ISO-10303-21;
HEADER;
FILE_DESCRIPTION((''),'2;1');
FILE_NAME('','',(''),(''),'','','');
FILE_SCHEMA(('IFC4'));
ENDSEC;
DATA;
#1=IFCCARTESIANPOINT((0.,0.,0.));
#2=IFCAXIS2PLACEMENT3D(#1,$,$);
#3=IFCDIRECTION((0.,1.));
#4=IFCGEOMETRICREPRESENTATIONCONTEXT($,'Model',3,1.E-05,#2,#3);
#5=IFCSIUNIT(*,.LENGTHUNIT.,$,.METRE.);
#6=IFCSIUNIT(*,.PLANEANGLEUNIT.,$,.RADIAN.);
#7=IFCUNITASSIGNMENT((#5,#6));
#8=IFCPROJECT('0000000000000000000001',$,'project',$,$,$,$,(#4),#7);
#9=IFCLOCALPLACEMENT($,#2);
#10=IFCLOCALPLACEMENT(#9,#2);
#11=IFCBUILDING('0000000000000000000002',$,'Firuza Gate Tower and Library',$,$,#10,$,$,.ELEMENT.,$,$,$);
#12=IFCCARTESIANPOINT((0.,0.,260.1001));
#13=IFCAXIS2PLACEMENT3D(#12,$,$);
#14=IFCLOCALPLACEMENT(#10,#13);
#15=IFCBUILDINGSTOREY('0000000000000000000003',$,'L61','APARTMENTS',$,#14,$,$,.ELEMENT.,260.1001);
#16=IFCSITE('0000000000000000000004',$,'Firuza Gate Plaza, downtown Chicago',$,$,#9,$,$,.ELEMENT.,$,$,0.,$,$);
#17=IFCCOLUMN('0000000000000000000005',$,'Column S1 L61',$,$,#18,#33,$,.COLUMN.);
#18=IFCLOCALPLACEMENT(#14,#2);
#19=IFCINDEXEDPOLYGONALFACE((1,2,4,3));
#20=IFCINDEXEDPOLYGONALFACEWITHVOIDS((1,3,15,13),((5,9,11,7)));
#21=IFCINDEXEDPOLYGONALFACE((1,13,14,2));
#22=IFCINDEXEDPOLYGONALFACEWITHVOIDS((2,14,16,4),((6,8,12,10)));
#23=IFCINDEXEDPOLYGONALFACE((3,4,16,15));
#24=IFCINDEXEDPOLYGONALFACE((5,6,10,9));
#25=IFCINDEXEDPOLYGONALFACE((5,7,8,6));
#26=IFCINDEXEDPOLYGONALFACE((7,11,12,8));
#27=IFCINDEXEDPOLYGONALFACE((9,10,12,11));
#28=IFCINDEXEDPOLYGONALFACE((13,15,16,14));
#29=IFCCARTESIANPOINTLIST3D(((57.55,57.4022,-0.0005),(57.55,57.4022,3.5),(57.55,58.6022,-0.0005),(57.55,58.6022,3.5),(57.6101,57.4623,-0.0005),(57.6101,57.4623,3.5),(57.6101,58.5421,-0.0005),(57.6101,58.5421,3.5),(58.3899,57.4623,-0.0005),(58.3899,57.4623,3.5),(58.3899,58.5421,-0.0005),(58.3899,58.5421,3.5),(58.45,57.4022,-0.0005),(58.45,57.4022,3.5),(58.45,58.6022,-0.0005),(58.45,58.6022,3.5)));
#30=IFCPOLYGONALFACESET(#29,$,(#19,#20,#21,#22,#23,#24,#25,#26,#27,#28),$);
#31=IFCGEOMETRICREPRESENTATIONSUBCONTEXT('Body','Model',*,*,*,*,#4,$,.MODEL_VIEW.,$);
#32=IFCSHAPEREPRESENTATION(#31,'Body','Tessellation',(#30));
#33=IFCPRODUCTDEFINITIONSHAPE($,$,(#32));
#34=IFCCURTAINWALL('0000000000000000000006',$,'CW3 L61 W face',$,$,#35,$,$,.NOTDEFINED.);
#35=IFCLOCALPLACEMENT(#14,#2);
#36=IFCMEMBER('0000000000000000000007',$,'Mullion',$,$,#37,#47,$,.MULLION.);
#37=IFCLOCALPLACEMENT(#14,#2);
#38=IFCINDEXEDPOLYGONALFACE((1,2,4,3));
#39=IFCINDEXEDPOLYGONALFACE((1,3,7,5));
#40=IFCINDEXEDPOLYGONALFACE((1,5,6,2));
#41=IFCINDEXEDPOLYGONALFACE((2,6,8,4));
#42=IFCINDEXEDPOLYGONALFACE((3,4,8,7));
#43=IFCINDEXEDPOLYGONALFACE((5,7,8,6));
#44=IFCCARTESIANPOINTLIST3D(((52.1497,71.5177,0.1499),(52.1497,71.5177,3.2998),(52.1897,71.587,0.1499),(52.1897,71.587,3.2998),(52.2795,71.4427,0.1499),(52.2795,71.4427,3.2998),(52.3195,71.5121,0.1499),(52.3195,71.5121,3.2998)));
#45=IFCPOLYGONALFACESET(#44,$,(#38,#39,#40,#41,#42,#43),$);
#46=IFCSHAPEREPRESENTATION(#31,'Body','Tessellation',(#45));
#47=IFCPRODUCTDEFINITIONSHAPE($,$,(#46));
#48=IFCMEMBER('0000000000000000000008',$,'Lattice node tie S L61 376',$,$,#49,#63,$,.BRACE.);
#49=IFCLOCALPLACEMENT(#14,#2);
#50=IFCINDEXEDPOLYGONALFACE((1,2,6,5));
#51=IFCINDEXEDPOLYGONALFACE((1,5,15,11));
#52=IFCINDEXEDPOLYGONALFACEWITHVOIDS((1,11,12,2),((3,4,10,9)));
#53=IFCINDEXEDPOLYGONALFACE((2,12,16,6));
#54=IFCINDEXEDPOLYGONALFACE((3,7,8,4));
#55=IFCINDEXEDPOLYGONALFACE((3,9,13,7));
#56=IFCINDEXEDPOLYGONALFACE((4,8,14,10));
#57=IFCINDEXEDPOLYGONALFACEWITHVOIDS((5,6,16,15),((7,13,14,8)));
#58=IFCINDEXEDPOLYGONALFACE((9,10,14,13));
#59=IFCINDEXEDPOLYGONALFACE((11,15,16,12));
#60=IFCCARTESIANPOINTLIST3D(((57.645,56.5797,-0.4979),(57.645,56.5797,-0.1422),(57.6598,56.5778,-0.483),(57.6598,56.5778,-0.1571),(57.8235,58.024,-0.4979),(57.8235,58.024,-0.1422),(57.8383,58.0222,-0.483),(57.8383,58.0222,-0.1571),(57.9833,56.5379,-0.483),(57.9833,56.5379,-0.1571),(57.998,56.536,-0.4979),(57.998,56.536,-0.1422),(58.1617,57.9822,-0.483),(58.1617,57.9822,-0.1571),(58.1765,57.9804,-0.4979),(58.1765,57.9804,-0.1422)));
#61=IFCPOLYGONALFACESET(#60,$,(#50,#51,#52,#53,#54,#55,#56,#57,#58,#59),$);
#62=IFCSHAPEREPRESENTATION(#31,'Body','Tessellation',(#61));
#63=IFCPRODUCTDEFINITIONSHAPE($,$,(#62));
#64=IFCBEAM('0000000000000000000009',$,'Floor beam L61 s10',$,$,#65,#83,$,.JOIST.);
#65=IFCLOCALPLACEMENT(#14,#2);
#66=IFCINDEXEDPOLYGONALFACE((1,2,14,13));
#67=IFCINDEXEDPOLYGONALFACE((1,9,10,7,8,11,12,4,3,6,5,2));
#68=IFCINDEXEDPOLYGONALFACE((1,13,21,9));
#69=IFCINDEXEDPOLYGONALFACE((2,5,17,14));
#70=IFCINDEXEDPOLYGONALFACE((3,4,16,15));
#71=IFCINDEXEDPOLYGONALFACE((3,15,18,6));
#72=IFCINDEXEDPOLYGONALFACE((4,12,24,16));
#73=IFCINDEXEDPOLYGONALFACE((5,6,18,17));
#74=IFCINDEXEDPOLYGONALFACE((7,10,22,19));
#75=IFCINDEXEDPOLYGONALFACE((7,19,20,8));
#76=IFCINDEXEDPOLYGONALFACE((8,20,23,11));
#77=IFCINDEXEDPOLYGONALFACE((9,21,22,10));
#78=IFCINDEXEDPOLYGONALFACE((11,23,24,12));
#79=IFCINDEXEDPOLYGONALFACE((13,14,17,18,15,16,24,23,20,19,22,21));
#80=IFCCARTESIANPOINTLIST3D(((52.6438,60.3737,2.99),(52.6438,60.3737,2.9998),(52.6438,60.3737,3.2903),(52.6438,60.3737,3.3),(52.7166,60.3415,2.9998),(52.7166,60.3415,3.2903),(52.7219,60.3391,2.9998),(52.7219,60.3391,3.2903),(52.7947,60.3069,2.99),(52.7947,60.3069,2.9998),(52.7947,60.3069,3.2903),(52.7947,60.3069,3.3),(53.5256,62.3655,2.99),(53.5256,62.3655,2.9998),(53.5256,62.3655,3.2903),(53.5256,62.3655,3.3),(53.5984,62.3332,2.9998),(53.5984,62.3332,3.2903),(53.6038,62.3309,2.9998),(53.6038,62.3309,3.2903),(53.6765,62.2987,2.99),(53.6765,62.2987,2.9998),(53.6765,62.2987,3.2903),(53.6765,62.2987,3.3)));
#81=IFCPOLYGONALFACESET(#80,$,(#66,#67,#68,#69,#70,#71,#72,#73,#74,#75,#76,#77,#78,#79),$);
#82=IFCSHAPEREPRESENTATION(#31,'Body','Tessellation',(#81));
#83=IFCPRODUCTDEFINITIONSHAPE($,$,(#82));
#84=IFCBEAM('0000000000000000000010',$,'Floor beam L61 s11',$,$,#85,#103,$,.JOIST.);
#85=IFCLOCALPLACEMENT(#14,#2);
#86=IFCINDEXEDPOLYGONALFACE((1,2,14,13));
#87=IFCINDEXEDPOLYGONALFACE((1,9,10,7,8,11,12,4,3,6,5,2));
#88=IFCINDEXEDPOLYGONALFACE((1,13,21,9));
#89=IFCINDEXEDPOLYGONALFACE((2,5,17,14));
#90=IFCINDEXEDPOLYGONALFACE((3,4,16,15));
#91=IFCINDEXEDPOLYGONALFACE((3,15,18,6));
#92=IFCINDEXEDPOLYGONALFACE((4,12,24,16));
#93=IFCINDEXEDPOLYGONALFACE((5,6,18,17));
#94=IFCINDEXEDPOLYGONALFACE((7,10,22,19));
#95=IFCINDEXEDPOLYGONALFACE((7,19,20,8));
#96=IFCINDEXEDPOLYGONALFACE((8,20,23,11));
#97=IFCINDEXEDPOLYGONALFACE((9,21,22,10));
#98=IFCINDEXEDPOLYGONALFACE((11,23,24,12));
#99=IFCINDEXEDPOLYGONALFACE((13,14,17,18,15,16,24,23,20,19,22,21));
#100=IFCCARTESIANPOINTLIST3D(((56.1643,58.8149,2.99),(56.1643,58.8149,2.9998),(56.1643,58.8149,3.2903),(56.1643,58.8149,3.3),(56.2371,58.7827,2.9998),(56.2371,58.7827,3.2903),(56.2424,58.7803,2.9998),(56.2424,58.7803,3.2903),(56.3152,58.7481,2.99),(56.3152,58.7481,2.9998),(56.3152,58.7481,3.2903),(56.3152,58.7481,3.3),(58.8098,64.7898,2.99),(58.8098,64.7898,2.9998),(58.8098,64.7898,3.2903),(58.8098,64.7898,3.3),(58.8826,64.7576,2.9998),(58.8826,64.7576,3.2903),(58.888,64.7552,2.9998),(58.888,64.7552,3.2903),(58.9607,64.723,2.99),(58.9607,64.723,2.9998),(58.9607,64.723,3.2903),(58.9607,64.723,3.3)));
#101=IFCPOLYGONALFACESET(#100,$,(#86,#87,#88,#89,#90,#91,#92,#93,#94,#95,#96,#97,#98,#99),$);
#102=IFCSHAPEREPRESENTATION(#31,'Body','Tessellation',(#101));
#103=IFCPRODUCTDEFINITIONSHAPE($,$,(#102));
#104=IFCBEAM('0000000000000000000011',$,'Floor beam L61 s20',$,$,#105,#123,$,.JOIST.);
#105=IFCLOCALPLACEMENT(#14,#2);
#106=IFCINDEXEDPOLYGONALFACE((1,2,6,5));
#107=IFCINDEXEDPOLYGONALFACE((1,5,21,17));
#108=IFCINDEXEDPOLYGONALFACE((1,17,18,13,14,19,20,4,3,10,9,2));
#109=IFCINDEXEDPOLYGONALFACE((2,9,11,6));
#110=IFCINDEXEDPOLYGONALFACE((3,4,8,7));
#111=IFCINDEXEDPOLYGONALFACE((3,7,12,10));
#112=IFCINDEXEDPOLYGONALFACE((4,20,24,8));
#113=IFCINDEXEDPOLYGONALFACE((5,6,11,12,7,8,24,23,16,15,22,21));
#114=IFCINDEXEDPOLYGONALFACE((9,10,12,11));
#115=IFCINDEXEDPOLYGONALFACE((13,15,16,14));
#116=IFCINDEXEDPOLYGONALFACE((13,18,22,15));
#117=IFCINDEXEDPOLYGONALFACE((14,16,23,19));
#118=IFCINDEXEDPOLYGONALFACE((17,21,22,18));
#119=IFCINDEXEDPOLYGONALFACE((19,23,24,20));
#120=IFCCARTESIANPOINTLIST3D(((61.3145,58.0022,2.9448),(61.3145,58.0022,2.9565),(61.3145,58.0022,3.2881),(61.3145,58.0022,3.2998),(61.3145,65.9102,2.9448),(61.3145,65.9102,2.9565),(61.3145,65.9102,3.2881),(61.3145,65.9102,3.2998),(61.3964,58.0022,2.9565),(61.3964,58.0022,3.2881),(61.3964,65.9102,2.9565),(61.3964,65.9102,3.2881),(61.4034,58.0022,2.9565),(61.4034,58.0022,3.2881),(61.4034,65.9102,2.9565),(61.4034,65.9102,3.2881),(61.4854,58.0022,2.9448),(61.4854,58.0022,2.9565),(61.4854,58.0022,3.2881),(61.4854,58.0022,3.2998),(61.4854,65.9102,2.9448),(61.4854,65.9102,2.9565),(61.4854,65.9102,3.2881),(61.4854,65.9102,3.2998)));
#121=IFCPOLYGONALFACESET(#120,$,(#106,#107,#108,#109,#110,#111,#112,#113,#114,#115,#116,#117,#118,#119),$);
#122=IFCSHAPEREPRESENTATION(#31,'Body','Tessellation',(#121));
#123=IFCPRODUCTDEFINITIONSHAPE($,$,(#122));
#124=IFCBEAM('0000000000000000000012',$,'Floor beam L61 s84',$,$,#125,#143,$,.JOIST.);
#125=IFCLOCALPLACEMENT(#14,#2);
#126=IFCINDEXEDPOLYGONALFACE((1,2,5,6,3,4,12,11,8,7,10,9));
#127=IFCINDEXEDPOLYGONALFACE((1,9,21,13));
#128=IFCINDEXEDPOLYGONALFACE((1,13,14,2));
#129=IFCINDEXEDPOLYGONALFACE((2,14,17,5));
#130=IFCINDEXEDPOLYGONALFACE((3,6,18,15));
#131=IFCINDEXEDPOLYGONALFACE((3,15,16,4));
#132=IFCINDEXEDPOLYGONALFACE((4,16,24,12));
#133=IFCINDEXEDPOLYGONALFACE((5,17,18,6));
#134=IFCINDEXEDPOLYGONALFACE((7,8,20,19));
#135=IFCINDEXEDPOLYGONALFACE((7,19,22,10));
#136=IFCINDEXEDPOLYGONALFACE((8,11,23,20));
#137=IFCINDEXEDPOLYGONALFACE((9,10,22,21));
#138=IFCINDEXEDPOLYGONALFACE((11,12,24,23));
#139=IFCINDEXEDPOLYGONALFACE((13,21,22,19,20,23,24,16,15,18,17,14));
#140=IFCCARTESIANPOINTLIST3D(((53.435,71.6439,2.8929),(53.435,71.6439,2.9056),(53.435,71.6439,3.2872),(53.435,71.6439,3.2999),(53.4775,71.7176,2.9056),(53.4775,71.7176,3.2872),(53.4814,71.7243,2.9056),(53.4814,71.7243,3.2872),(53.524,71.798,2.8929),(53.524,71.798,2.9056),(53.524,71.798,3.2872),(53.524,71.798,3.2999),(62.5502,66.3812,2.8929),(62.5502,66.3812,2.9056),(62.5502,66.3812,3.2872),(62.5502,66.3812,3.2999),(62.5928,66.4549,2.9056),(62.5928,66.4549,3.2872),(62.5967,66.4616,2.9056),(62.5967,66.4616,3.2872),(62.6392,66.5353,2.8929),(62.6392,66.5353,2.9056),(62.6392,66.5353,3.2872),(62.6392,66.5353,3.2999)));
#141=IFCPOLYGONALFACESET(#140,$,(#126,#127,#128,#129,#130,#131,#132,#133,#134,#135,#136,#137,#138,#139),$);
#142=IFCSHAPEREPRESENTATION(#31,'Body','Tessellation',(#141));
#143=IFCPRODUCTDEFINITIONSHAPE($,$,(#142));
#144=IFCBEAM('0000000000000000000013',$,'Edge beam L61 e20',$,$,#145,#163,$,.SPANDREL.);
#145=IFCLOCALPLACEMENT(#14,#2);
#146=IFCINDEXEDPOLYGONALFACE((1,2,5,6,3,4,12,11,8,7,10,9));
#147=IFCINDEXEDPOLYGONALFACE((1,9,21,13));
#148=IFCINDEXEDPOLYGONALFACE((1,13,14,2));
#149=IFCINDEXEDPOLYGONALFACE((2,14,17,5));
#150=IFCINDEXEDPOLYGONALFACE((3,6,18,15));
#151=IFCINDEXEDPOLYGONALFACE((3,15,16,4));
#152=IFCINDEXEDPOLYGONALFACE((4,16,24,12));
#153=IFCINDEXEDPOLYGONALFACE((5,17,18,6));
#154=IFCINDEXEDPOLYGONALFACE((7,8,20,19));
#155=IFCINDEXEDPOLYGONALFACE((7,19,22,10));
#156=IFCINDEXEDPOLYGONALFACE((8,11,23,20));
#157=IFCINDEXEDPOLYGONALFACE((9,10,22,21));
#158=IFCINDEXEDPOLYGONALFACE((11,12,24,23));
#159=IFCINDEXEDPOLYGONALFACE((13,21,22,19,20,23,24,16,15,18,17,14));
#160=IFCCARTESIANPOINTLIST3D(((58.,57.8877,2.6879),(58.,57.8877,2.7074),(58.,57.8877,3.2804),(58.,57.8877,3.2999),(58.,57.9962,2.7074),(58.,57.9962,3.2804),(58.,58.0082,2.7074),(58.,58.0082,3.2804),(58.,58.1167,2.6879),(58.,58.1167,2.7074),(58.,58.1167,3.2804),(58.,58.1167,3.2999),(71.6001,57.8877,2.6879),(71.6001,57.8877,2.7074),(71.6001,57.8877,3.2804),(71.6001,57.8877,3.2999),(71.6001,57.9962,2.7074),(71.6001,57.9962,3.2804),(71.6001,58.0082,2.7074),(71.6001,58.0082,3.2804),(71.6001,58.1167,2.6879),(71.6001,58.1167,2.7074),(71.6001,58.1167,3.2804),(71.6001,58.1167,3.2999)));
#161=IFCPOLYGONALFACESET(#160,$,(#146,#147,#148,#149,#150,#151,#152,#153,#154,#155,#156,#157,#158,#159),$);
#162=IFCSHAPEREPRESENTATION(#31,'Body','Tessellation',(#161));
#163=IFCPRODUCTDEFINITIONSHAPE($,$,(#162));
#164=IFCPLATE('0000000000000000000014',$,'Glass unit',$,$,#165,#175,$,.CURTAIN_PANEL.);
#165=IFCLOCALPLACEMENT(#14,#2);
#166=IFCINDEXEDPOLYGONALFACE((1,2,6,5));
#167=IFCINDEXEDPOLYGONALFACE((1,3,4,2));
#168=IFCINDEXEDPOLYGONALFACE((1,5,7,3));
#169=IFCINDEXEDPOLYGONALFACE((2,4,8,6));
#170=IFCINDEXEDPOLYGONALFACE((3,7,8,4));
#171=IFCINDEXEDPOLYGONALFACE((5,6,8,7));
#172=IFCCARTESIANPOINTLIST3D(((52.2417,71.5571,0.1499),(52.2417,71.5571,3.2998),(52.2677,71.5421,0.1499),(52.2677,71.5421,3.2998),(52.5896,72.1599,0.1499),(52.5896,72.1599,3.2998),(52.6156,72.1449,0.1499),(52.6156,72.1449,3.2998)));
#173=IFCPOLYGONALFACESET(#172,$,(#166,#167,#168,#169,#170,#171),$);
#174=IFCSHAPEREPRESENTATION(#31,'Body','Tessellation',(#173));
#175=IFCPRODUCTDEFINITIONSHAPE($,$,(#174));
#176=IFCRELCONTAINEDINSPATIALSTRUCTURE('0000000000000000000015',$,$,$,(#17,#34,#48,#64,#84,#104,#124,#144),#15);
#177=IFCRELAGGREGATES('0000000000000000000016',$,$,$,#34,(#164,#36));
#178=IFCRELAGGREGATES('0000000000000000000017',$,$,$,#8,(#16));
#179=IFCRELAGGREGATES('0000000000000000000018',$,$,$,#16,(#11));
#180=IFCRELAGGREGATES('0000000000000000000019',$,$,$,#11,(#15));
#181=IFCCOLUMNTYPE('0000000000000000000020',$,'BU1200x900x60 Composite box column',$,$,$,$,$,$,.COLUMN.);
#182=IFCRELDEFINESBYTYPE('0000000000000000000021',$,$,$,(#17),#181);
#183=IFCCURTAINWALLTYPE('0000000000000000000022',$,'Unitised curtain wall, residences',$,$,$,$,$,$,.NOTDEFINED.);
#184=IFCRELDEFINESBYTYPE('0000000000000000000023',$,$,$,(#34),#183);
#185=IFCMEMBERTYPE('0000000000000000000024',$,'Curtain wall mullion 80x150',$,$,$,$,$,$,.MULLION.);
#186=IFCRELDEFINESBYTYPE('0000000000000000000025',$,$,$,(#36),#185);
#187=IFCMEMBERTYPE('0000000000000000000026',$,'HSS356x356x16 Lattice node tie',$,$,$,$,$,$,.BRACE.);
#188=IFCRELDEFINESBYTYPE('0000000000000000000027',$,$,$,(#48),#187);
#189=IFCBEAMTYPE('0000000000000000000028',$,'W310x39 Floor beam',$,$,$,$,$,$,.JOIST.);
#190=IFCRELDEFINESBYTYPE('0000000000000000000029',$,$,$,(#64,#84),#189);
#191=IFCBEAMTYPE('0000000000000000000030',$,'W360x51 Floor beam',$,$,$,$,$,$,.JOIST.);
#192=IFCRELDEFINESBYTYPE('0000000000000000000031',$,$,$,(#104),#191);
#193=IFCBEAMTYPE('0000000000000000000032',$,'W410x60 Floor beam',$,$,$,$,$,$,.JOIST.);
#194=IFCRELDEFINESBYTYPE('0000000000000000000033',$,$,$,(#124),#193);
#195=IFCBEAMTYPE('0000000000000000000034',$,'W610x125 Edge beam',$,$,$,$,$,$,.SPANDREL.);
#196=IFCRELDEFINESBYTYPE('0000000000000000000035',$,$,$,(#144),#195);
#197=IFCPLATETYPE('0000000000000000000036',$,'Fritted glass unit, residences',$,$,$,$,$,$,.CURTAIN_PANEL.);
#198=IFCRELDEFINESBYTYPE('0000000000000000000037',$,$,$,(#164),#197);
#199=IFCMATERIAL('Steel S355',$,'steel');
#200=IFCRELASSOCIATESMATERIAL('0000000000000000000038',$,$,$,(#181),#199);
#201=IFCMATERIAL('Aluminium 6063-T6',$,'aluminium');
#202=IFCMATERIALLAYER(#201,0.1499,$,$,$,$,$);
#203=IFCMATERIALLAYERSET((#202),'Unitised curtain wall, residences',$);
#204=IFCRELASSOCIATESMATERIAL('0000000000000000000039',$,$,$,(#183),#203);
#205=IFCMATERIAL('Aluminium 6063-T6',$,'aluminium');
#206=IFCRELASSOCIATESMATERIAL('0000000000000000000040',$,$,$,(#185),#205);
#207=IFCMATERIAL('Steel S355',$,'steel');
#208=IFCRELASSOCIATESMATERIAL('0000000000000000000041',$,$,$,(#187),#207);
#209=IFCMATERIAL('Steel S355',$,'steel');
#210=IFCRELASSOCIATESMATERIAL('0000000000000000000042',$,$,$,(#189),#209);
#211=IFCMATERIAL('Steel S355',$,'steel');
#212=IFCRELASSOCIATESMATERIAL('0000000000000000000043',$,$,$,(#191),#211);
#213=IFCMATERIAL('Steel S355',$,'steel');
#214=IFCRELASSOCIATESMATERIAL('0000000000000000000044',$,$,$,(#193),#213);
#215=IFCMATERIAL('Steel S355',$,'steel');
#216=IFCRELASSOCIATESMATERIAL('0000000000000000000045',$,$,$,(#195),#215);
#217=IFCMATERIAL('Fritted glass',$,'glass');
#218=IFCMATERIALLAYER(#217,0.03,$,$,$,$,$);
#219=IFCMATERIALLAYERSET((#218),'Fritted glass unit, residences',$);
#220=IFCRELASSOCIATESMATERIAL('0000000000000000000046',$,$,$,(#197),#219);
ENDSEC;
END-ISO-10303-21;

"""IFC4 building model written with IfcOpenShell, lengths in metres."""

from ifc_helpers import new_model, si_unit, direction, frame, origin, origin_2d, place, context, subcontext, project, spatial, polyline, rectangle, hollow_rectangle, i_section, outline, extrude, material, layer, layer_set, material_profile, profile_set, type_object, element, aggregate, save


model = new_model("IFC4")

# Units and contexts
model_context = context("Model", 3, precision=1e-05, world=origin(), true_north=direction((0.0, 1.0)))
body_context = subcontext(model_context, "Body", "Model", "MODEL_VIEW")
ifc_project = project(units=[si_unit("LENGTHUNIT", "METRE"), si_unit("PLANEANGLEUNIT", "RADIAN")], contexts=[model_context])

# Site, building, storey
site_placement = place(None, origin())
site = spatial("IfcSite", under=ifc_project, at=site_placement, Name="Firuza Gate Plaza, downtown Chicago", CompositionType="ELEMENT", RefElevation=0.0)
building_placement = place(site_placement, origin())
building = spatial("IfcBuilding", under=site, at=building_placement, Name="Firuza Gate Tower and Library", CompositionType="ELEMENT")
storey_placement = place(building_placement, frame((0.0, 0.0, 260.1001)))
storey = spatial("IfcBuildingStorey", under=building, at=storey_placement, Name="L61", Description="APARTMENTS", CompositionType="ELEMENT", Elevation=260.1001)

# Column
ifc_material_1 = material(Name="Steel S355", Category="steel")
ifc_material_profile_1 = material_profile(ifc_material_1, hollow_rectangle(XDim=0.8999, YDim=1.2, WallThickness=0.0601, at=origin_2d()))
ifc_profile_set_1 = profile_set([ifc_material_profile_1], Name="Steel S355")
column_type = type_object("IfcColumnType", Name="BU1200x900x60 Composite box column", PredefinedType="COLUMN", material=ifc_profile_set_1)
column_placement = place(storey_placement, frame((58.0, 58.0022, -0.0005), z_axis=(0.0, 0.0, 1.0), x_axis=(1.0, 0.0, 0.0)))
element("IfcColumn", 1, at=column_placement, inside=storey, type_object=column_type, Name="Column S1 L61", PredefinedType="COLUMN", context=body_context, shape_type="SweptSolid", body=[
    extrude(hollow_rectangle(XDim=0.8999, YDim=1.2, WallThickness=0.0601, at=origin_2d()), origin(), (0.0, 0.0, 1.0), 3.5005),
])

# Curtain wall, member
ifc_material_2 = material(Name="Aluminium 6063-T6", Category="aluminium")
ifc_layer_1 = layer(ifc_material_2, 0.1499)
ifc_layer_set_1 = layer_set([ifc_layer_1], Name="Unitised curtain wall, residences")
curtain_wall_type = type_object("IfcCurtainWallType", Name="Unitised curtain wall, residences", PredefinedType="NOTDEFINED", material=ifc_layer_set_1)
curtain_wall_placement = place(storey_placement, origin())
curtain_wall = element("IfcCurtainWall", 2, at=curtain_wall_placement, inside=storey, type_object=curtain_wall_type, Name="CW3 L61 W face", PredefinedType="NOTDEFINED")
ifc_material_3 = material(Name="Aluminium 6063-T6", Category="aluminium")
ifc_material_profile_2 = material_profile(ifc_material_3, rectangle(XDim=0.1499, YDim=0.0801, at=origin_2d()))
ifc_profile_set_2 = profile_set([ifc_material_profile_2], Name="Aluminium 6063-T6")
member_type_1 = type_object("IfcMemberType", Name="Curtain wall mullion 80x150", PredefinedType="MULLION", material=ifc_profile_set_2)
member_1_placement = place(storey_placement, frame((52.2346, 71.5149, 0.1499), z_axis=(0.0, 0.0, 1.0), x_axis=(0.866025, -0.5, 0.0)))
member_1 = element("IfcMember", 3, at=member_1_placement, type_object=member_type_1, Name="Mullion", PredefinedType="MULLION", context=body_context, shape_type="SweptSolid", body=[
    extrude(rectangle(XDim=0.1499, YDim=0.0801, at=origin_2d()), origin(), (0.0, 0.0, 1.0), 3.1499),
])

# Member
ifc_material_4 = material(Name="Steel S355", Category="steel")
ifc_material_profile_3 = material_profile(ifc_material_4, hollow_rectangle(XDim=0.3557, YDim=0.3557, WallThickness=0.0149, at=origin_2d()))
ifc_profile_set_3 = profile_set([ifc_material_profile_3], Name="Steel S355")
member_type_2 = type_object("IfcMemberType", Name="HSS356x356x16 Lattice node tie", PredefinedType="BRACE", material=ifc_profile_set_3)
member_2_placement = place(storey_placement, frame((58.0, 58.0022, -0.3201), z_axis=(-0.122631, -0.992452, 0.0), x_axis=(0.992452, -0.122631, 0.0)))
element("IfcMember", 4, at=member_2_placement, inside=storey, type_object=member_type_2, Name="Lattice node tie S L61 376", PredefinedType="BRACE", context=body_context, shape_type="SweptSolid", body=[
    extrude(hollow_rectangle(XDim=0.3557, YDim=0.3557, WallThickness=0.0149, at=origin_2d()), origin(), (0.0, 0.0, 1.0), 1.4553),
])

# Beams
ifc_material_5 = material(Name="Steel S355", Category="steel")
ifc_material_profile_4 = material_profile(ifc_material_5, i_section(OverallWidth=0.165, OverallDepth=0.3101, WebThickness=0.0059, FlangeThickness=0.0098, at=origin_2d()))
ifc_profile_set_4 = profile_set([ifc_material_profile_4], Name="Steel S355")
beam_type_1 = type_object("IfcBeamType", Name="W310x39 Floor beam", PredefinedType="JOIST", material=ifc_profile_set_4)
beam_1_placement = place(storey_placement, frame((52.7192, 60.3403, 3.145), z_axis=(0.404849, 0.914384, 0.0), x_axis=(-0.914384, 0.404849, 0.0)))
element("IfcBeam", 5, at=beam_1_placement, inside=storey, type_object=beam_type_1, Name="Floor beam L61 s10", PredefinedType="JOIST", context=body_context, shape_type="SweptSolid", body=[
    extrude(i_section(OverallWidth=0.165, OverallDepth=0.3101, WebThickness=0.0059, FlangeThickness=0.0098, at=origin_2d()), origin(), (0.0, 0.0, 1.0), 2.1782),
])
beam_2_placement = place(storey_placement, frame((56.2397, 58.7815, 3.145), z_axis=(0.404862, 0.914378, 0.0), x_axis=(-0.914378, 0.404862, 0.0)))
element("IfcBeam", 6, at=beam_2_placement, inside=storey, type_object=beam_type_1, Name="Floor beam L61 s11", PredefinedType="JOIST", context=body_context, shape_type="SweptSolid", body=[
    extrude(i_section(OverallWidth=0.165, OverallDepth=0.3101, WebThickness=0.0059, FlangeThickness=0.0098, at=origin_2d()), origin(), (0.0, 0.0, 1.0), 6.5344),
])
ifc_material_6 = material(Name="Steel S355", Category="steel")
ifc_material_profile_5 = material_profile(ifc_material_6, i_section(OverallWidth=0.1709, OverallDepth=0.355, WebThickness=0.0071, FlangeThickness=0.0117, at=origin_2d()))
ifc_profile_set_5 = profile_set([ifc_material_profile_5], Name="Steel S355")
beam_type_2 = type_object("IfcBeamType", Name="W360x51 Floor beam", PredefinedType="JOIST", material=ifc_profile_set_5)
beam_3_placement = place(storey_placement, frame((61.3999, 58.0022, 3.1223), z_axis=(0.0, 1.0, 0.0), x_axis=(-1.0, 0.0, 0.0)))
element("IfcBeam", 7, at=beam_3_placement, inside=storey, type_object=beam_type_2, Name="Floor beam L61 s20", PredefinedType="JOIST", context=body_context, shape_type="SweptSolid", body=[
    extrude(i_section(OverallWidth=0.1709, OverallDepth=0.355, WebThickness=0.0071, FlangeThickness=0.0117, at=origin_2d()), origin(), (0.0, 0.0, 1.0), 7.908),
])
ifc_material_7 = material(Name="Steel S355", Category="steel")
ifc_material_profile_6 = material_profile(ifc_material_7, i_section(OverallWidth=0.178, OverallDepth=0.407, WebThickness=0.0078, FlangeThickness=0.0127, at=origin_2d()))
ifc_profile_set_6 = profile_set([ifc_material_profile_6], Name="Steel S355")
beam_type_3 = type_object("IfcBeamType", Name="W410x60 Floor beam", PredefinedType="JOIST", material=ifc_profile_set_6)
beam_4_placement = place(storey_placement, frame((53.4795, 71.7209, 3.0964), z_axis=(0.866025, -0.500001, 0.0), x_axis=(0.500001, 0.866025, 0.0)))
element("IfcBeam", 8, at=beam_4_placement, inside=storey, type_object=beam_type_3, Name="Floor beam L61 s84", PredefinedType="JOIST", context=body_context, shape_type="SweptSolid", body=[
    extrude(i_section(OverallWidth=0.178, OverallDepth=0.407, WebThickness=0.0078, FlangeThickness=0.0127, at=origin_2d()), origin(), (0.0, 0.0, 1.0), 10.5254),
])
ifc_material_8 = material(Name="Steel S355", Category="steel")
ifc_material_profile_7 = material_profile(ifc_material_8, i_section(OverallWidth=0.229, OverallDepth=0.6121, WebThickness=0.012, FlangeThickness=0.0195, at=origin_2d()))
ifc_profile_set_7 = profile_set([ifc_material_profile_7], Name="Steel S355")
beam_type_4 = type_object("IfcBeamType", Name="W610x125 Edge beam", PredefinedType="SPANDREL", material=ifc_profile_set_7)
beam_5_placement = place(storey_placement, frame((58.0, 58.0022, 2.9939), z_axis=(1.0, 0.0, 0.0), x_axis=(0.0, 1.0, 0.0)))
element("IfcBeam", 9, at=beam_5_placement, inside=storey, type_object=beam_type_4, Name="Edge beam L61 e20", PredefinedType="SPANDREL", context=body_context, shape_type="SweptSolid", body=[
    extrude(i_section(OverallWidth=0.229, OverallDepth=0.6121, WebThickness=0.012, FlangeThickness=0.0195, at=origin_2d()), origin(), (0.0, 0.0, 1.0), 13.6001),
])

# Plate
ifc_material_9 = material(Name="Fritted glass", Category="glass")
ifc_layer_2 = layer(ifc_material_9, 0.03)
ifc_layer_set_2 = layer_set([ifc_layer_2], Name="Fritted glass unit, residences")
plate_type = type_object("IfcPlateType", Name="Fritted glass unit, residences", PredefinedType="CURTAIN_PANEL", material=ifc_layer_set_2)
plate_placement = place(storey_placement, frame((52.5896, 72.1599, 0.1499), z_axis=(-0.866098, 0.499874, 0.0), x_axis=(-0.499874, -0.866098, 0.0)))
plate = element("IfcPlate", 10, at=plate_placement, type_object=plate_type, Name="Glass unit", PredefinedType="CURTAIN_PANEL", context=body_context, shape_type="SweptSolid", body=[
    extrude(outline(polyline([(0.0, 0.0), (0.696, 0.0), (0.696, 3.1499), (0.0, 3.1499), (0.0, 0.0)])), origin(), (0.0, 0.0, -1.0), 0.03),
])
aggregate(curtain_wall, [plate, member_1])

save(model, "model.ifc")
